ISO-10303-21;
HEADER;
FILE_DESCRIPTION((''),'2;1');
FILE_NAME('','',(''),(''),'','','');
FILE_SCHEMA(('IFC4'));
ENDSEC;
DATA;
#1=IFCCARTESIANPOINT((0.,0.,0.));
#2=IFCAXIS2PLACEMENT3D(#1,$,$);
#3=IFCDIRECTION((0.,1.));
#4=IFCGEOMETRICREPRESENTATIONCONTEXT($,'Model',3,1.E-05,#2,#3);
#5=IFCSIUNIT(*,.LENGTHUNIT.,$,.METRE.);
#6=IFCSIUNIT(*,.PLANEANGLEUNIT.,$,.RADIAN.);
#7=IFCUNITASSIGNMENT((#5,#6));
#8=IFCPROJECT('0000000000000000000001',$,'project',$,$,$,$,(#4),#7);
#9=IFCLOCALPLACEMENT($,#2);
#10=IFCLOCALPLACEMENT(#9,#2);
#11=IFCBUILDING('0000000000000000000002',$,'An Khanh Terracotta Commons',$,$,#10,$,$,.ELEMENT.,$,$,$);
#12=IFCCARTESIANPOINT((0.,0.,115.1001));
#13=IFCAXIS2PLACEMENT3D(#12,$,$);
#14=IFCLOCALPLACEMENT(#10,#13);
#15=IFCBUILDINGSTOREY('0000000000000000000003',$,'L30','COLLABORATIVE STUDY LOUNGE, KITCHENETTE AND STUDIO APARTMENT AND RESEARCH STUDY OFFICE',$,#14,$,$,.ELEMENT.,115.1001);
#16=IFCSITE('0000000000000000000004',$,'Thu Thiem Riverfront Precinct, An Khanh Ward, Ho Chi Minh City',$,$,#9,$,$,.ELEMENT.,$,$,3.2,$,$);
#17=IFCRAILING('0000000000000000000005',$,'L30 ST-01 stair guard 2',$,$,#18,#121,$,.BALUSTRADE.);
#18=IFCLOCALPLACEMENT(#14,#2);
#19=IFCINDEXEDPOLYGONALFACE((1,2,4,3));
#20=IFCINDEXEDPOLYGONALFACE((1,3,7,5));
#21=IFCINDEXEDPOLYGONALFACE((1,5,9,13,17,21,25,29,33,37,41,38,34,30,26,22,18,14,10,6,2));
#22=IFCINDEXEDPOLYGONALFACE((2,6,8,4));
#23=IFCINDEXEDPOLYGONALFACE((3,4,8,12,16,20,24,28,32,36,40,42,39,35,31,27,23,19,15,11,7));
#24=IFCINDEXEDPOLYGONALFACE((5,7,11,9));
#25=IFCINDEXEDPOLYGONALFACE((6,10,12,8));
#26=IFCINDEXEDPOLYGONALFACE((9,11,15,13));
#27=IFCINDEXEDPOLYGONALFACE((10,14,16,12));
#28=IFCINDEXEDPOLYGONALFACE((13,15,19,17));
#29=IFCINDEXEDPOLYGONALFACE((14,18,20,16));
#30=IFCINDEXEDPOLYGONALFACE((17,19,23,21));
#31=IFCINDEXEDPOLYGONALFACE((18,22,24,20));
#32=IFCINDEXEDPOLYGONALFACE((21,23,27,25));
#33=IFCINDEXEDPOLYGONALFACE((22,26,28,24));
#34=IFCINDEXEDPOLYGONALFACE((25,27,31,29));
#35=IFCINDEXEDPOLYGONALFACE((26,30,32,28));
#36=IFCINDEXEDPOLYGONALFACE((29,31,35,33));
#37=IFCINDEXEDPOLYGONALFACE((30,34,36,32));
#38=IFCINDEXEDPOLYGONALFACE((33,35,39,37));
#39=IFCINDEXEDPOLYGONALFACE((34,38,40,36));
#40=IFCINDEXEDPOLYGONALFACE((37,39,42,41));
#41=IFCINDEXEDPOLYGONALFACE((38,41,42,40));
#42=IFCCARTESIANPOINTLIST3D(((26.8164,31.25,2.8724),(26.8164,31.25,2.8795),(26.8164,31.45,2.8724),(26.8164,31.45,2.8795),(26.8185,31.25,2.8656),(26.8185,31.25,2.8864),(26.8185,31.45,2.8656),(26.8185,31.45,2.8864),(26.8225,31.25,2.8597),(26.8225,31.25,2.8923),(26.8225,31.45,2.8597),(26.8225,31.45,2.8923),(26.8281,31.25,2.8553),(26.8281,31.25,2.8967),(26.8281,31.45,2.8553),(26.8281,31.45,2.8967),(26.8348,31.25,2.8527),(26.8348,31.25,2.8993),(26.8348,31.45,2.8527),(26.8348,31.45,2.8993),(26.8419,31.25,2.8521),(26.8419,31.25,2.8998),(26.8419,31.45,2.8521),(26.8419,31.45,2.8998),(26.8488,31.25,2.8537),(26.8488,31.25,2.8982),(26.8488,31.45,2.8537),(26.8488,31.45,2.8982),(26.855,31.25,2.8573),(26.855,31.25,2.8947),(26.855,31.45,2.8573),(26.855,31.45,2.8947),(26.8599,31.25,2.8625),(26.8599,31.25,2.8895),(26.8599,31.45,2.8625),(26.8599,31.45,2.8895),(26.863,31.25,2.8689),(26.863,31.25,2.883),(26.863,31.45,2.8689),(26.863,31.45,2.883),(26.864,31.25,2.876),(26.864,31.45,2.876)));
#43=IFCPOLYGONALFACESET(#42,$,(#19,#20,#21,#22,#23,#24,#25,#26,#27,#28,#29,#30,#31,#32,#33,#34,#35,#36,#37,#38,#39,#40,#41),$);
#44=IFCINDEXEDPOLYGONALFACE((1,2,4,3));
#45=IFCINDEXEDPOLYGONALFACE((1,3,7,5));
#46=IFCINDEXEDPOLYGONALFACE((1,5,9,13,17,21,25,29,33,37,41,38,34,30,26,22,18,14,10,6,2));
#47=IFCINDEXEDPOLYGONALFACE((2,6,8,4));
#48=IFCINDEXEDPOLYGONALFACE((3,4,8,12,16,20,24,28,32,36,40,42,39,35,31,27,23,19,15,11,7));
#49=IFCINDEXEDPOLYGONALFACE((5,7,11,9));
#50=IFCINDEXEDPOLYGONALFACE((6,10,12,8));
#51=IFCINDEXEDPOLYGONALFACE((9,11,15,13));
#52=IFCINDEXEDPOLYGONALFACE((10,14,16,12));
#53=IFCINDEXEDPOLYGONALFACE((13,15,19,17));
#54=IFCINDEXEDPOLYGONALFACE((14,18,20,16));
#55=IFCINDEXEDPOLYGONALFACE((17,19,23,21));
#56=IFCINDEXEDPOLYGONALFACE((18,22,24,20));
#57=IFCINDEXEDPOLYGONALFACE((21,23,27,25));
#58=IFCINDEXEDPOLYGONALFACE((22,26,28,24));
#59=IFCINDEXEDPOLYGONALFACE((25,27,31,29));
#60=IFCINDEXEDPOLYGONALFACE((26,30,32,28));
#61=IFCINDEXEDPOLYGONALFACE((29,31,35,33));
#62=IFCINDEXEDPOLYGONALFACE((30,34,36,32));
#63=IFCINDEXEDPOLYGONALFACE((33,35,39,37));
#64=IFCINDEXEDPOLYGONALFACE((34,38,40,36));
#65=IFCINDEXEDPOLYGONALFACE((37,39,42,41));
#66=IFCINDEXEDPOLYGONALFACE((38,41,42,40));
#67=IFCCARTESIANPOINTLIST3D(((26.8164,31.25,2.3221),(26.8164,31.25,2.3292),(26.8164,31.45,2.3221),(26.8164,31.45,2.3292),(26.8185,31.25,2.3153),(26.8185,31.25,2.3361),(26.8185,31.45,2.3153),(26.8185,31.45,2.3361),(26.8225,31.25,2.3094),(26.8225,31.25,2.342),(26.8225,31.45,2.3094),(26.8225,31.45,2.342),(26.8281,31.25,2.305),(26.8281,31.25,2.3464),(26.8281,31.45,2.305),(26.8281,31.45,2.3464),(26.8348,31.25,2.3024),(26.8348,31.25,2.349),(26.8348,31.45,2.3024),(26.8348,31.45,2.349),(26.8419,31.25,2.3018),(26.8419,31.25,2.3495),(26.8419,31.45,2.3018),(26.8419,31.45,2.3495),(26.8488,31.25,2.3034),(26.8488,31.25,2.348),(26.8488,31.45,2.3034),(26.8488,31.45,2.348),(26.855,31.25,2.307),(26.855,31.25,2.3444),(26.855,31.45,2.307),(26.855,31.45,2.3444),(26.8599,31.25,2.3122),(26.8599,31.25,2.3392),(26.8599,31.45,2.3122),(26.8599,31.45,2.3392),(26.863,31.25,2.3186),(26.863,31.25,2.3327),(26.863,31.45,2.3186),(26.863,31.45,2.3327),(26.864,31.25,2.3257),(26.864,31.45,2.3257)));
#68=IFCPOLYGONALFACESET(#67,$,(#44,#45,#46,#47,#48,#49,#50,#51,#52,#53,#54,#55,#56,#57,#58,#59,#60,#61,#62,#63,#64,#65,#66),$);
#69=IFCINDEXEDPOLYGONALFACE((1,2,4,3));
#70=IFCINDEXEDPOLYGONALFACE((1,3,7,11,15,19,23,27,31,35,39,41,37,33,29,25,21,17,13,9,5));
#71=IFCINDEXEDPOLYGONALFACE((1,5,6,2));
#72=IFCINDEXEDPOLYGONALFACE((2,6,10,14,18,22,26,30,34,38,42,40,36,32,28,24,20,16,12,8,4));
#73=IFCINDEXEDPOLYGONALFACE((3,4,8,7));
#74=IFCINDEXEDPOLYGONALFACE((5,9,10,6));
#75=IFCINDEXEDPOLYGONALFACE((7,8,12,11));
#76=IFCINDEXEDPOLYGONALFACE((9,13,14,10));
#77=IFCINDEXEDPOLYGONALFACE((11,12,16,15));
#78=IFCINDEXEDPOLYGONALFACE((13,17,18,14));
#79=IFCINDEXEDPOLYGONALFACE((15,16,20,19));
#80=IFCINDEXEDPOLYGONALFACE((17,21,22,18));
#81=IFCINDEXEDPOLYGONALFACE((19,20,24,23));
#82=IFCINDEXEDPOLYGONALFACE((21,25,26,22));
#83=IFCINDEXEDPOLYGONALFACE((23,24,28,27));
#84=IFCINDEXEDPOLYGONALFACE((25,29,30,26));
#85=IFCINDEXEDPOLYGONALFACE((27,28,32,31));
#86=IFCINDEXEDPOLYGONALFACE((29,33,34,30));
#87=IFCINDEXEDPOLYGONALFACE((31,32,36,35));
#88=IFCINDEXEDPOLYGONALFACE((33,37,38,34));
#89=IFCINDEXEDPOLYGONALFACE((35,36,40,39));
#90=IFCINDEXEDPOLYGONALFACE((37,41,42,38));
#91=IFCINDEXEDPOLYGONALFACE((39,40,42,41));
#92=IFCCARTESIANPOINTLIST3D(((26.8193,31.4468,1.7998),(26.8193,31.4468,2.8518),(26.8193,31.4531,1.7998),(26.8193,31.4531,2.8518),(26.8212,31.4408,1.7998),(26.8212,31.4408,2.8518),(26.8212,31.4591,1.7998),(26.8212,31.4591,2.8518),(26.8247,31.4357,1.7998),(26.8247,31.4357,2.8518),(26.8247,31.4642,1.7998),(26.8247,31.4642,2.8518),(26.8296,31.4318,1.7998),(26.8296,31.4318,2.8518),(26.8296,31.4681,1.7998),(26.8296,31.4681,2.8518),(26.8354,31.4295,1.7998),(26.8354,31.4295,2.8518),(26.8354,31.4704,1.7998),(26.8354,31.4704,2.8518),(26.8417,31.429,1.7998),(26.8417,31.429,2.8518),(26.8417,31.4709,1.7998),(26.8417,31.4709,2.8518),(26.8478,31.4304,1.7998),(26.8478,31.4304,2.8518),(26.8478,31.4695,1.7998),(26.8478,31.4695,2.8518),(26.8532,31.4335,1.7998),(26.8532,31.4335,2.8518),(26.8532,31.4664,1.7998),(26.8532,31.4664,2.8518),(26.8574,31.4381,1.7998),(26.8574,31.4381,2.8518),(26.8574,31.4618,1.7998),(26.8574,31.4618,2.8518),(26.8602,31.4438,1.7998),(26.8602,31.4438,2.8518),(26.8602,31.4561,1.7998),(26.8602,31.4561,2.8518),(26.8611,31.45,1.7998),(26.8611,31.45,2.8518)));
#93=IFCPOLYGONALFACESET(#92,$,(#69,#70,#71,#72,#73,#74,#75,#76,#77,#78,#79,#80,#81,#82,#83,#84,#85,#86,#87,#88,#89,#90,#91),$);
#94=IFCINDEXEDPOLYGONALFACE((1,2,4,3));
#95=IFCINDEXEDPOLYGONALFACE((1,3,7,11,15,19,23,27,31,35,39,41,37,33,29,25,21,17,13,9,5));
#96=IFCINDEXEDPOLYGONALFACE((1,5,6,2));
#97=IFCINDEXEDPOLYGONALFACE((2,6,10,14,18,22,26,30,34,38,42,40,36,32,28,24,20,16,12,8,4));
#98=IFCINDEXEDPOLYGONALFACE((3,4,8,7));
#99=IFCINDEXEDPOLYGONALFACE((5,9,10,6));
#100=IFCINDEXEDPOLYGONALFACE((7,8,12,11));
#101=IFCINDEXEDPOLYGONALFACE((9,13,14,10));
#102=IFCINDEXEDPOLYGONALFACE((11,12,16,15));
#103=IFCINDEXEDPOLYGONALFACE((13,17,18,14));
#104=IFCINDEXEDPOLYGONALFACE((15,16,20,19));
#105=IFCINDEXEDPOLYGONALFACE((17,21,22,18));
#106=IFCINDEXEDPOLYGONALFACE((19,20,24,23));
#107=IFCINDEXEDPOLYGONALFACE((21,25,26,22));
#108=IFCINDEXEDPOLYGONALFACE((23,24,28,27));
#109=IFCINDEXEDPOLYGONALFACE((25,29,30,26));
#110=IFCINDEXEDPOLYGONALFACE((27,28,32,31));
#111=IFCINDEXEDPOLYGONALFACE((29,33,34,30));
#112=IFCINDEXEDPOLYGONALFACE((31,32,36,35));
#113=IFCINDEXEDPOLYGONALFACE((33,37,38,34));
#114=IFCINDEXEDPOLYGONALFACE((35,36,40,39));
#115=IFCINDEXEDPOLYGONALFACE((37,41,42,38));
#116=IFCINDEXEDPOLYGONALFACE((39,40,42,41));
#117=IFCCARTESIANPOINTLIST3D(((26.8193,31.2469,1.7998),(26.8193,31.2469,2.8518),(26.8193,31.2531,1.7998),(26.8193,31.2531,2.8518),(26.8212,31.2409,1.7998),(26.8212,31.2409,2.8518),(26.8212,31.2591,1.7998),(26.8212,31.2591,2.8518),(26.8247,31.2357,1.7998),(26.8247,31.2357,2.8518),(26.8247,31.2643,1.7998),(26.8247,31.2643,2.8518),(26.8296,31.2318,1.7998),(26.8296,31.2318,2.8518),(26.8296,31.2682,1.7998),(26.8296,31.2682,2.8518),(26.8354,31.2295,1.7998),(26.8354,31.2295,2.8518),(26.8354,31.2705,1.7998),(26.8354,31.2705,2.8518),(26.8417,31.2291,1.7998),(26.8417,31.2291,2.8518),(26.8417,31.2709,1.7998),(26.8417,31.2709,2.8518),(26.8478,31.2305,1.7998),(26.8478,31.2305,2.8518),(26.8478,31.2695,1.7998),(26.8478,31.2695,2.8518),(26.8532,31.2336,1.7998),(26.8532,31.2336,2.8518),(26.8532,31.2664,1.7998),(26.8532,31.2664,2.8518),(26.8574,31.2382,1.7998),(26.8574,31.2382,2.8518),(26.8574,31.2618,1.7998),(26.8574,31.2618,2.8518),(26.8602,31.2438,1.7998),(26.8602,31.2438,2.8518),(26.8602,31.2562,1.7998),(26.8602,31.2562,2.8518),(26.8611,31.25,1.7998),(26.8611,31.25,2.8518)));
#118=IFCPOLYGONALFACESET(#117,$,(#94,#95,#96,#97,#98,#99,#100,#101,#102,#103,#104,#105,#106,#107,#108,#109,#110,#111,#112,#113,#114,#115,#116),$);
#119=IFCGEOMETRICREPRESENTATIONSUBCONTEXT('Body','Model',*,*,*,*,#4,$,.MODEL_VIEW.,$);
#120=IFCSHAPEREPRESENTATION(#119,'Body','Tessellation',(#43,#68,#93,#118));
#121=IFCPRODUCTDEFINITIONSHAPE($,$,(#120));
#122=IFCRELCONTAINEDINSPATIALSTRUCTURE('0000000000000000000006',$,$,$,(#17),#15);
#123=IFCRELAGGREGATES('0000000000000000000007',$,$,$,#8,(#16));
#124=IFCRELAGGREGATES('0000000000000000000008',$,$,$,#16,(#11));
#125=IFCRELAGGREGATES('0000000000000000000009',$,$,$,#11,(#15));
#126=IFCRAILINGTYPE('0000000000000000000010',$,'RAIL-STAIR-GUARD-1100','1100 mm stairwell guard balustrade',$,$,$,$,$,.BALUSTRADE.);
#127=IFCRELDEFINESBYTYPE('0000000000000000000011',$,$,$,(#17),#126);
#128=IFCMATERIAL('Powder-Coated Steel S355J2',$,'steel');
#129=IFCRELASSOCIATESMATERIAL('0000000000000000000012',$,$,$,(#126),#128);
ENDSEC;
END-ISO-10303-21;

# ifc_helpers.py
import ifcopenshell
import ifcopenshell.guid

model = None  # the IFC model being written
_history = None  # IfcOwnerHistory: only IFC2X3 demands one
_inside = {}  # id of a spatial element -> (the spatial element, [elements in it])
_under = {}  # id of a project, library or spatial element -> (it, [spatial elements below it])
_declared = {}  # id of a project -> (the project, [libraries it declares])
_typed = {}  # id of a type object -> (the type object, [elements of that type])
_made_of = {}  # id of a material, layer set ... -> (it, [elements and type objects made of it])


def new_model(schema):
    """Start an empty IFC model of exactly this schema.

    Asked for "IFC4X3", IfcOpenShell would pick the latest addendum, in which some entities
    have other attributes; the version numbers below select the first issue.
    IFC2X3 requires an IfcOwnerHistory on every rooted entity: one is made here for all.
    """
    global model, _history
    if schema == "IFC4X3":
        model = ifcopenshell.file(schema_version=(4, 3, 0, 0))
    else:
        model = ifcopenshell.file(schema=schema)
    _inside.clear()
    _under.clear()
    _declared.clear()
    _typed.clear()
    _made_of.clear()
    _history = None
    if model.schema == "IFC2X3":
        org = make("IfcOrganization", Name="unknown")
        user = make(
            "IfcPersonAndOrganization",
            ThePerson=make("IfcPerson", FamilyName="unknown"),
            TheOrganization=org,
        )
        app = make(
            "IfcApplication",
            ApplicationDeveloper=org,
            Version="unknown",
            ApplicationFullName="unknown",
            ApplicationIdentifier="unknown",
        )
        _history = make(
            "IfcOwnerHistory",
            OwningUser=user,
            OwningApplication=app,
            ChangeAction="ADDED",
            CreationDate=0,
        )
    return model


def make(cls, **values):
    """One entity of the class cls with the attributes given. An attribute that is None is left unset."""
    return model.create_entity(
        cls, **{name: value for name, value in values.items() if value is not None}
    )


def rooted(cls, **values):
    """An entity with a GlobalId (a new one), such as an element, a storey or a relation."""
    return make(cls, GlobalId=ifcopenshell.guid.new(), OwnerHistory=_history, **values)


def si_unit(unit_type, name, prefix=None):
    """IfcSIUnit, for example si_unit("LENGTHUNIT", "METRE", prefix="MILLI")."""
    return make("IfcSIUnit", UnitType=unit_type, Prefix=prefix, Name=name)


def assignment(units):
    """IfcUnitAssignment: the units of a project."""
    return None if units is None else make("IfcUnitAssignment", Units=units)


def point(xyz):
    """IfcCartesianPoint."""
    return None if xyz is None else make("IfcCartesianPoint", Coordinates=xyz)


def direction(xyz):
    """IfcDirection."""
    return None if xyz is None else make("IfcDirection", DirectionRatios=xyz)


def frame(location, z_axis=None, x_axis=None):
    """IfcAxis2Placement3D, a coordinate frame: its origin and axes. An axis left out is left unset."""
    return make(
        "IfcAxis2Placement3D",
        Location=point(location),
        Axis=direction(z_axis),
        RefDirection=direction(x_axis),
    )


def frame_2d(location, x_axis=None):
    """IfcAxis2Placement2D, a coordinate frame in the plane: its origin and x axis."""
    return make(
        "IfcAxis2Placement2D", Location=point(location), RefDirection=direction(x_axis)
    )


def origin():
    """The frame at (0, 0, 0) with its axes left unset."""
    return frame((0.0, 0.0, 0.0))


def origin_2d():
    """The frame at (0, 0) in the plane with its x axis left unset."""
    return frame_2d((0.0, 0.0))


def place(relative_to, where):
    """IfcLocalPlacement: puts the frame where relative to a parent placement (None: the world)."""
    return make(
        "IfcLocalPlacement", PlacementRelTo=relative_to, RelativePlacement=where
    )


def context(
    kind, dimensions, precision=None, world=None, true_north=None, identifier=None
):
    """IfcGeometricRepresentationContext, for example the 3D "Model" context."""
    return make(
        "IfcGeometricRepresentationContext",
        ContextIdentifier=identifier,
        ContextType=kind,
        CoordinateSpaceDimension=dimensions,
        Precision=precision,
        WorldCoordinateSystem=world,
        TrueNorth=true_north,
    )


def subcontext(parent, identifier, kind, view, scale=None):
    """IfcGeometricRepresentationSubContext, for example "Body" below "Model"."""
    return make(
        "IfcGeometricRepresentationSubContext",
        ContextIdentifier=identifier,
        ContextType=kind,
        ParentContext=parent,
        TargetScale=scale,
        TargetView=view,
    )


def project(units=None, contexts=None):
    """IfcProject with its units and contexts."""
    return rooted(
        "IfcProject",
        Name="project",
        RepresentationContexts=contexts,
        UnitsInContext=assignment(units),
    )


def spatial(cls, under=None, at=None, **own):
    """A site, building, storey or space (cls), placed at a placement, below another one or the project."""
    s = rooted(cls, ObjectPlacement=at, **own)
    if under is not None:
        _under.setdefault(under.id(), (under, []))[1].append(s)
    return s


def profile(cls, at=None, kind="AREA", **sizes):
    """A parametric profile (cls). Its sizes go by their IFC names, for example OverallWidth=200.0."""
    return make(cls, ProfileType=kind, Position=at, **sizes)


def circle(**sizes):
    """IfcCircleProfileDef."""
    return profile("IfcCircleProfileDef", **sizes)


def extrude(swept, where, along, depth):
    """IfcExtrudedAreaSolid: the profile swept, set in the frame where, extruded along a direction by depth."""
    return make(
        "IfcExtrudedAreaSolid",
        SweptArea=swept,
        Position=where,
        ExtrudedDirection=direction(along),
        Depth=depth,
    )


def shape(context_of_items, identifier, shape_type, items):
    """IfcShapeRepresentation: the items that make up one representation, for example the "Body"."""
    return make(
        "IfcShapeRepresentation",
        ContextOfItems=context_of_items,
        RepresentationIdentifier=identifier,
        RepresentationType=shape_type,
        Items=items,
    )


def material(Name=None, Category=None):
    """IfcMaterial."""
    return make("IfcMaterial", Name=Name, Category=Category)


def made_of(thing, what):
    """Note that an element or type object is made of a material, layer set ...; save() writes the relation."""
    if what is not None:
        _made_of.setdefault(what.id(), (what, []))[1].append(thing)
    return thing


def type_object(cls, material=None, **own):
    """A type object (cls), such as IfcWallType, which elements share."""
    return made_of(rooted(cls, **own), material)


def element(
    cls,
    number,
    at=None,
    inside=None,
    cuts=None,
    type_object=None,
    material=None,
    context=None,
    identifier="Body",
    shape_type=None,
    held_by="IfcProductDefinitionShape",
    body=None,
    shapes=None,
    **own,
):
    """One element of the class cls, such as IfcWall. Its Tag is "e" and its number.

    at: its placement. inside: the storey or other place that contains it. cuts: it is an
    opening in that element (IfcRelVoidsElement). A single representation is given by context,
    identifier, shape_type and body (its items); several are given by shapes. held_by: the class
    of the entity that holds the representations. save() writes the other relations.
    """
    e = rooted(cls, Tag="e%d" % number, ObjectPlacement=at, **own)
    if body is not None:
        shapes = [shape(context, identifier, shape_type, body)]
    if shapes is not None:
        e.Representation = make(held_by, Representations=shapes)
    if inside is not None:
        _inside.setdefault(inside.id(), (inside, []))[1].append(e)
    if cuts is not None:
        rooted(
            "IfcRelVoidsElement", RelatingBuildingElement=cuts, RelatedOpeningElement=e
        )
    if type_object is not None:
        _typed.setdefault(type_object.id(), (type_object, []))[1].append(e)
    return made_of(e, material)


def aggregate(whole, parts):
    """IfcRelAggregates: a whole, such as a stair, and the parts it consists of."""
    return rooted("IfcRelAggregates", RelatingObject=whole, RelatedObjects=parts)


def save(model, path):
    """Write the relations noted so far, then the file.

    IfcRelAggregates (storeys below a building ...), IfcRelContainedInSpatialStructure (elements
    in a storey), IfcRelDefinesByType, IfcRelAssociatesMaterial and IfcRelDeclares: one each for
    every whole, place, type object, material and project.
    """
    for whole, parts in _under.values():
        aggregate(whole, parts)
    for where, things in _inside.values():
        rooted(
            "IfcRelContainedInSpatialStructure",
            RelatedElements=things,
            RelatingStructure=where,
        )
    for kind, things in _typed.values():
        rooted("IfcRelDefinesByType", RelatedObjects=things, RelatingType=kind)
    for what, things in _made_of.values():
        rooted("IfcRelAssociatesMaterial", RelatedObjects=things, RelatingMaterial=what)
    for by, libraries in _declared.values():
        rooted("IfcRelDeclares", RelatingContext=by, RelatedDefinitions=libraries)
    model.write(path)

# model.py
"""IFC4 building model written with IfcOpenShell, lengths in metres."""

from ifc_helpers import new_model, si_unit, direction, frame, origin, origin_2d, place, context, subcontext, project, spatial, circle, extrude, material, type_object, element, save


model = new_model("IFC4")

# Units and contexts
model_context = context("Model", 3, precision=1e-05, world=origin(), true_north=direction((0.0, 1.0)))
body_context = subcontext(model_context, "Body", "Model", "MODEL_VIEW")
ifc_project = project(units=[si_unit("LENGTHUNIT", "METRE"), si_unit("PLANEANGLEUNIT", "RADIAN")], contexts=[model_context])

# Site, building, storey
site_placement = place(None, origin())
site = spatial("IfcSite", under=ifc_project, at=site_placement, Name="Thu Thiem Riverfront Precinct, An Khanh Ward, Ho Chi Minh City", CompositionType="ELEMENT", RefElevation=3.2)
building_placement = place(site_placement, origin())
building = spatial("IfcBuilding", under=site, at=building_placement, Name="An Khanh Terracotta Commons", CompositionType="ELEMENT")
storey_placement = place(building_placement, frame((0.0, 0.0, 115.1001)))
storey = spatial("IfcBuildingStorey", under=building, at=storey_placement, Name="L30", Description="COLLABORATIVE STUDY LOUNGE, KITCHENETTE AND STUDIO APARTMENT AND RESEARCH STUDY OFFICE", CompositionType="ELEMENT", Elevation=115.1001)

# Railing
ifc_material_1 = material(Name="Powder-Coated Steel S355J2", Category="steel")
railing_type_1 = type_object("IfcRailingType", Name="RAIL-STAIR-GUARD-1100", Description="1100 mm stairwell guard balustrade", PredefinedType="BALUSTRADE", material=ifc_material_1)
railing_1_placement = place(storey_placement, frame((26.8401, 31.45, 1.7998)))
element("IfcRailing", 1, at=railing_1_placement, inside=storey, type_object=railing_type_1, Name="L30 ST-01 stair guard 2", PredefinedType="BALUSTRADE", context=body_context, shape_type="SweptSolid", body=[
    extrude(circle(Radius=0.0239, at=origin_2d()), frame((0.0, 0.0, 1.0762), z_axis=(0.0, -1.0, 0.0), x_axis=(1.0, 0.0, 0.0)), (0.0, 0.0, 1.0), 0.2),
    extrude(circle(Radius=0.0239, at=origin_2d()), frame((0.0, 0.0, 0.5259), z_axis=(0.0, -1.0, 0.0), x_axis=(1.0, 0.0, 0.0)), (0.0, 0.0, 1.0), 0.2),
    extrude(circle(Radius=0.021, at=origin_2d()), origin(), (0.0, 0.0, 1.0), 1.052),
    extrude(circle(Radius=0.021, at=origin_2d()), frame((0.0, -0.2, 0.0)), (0.0, 0.0, 1.0), 1.052),
])

save(model, "model.ifc")
